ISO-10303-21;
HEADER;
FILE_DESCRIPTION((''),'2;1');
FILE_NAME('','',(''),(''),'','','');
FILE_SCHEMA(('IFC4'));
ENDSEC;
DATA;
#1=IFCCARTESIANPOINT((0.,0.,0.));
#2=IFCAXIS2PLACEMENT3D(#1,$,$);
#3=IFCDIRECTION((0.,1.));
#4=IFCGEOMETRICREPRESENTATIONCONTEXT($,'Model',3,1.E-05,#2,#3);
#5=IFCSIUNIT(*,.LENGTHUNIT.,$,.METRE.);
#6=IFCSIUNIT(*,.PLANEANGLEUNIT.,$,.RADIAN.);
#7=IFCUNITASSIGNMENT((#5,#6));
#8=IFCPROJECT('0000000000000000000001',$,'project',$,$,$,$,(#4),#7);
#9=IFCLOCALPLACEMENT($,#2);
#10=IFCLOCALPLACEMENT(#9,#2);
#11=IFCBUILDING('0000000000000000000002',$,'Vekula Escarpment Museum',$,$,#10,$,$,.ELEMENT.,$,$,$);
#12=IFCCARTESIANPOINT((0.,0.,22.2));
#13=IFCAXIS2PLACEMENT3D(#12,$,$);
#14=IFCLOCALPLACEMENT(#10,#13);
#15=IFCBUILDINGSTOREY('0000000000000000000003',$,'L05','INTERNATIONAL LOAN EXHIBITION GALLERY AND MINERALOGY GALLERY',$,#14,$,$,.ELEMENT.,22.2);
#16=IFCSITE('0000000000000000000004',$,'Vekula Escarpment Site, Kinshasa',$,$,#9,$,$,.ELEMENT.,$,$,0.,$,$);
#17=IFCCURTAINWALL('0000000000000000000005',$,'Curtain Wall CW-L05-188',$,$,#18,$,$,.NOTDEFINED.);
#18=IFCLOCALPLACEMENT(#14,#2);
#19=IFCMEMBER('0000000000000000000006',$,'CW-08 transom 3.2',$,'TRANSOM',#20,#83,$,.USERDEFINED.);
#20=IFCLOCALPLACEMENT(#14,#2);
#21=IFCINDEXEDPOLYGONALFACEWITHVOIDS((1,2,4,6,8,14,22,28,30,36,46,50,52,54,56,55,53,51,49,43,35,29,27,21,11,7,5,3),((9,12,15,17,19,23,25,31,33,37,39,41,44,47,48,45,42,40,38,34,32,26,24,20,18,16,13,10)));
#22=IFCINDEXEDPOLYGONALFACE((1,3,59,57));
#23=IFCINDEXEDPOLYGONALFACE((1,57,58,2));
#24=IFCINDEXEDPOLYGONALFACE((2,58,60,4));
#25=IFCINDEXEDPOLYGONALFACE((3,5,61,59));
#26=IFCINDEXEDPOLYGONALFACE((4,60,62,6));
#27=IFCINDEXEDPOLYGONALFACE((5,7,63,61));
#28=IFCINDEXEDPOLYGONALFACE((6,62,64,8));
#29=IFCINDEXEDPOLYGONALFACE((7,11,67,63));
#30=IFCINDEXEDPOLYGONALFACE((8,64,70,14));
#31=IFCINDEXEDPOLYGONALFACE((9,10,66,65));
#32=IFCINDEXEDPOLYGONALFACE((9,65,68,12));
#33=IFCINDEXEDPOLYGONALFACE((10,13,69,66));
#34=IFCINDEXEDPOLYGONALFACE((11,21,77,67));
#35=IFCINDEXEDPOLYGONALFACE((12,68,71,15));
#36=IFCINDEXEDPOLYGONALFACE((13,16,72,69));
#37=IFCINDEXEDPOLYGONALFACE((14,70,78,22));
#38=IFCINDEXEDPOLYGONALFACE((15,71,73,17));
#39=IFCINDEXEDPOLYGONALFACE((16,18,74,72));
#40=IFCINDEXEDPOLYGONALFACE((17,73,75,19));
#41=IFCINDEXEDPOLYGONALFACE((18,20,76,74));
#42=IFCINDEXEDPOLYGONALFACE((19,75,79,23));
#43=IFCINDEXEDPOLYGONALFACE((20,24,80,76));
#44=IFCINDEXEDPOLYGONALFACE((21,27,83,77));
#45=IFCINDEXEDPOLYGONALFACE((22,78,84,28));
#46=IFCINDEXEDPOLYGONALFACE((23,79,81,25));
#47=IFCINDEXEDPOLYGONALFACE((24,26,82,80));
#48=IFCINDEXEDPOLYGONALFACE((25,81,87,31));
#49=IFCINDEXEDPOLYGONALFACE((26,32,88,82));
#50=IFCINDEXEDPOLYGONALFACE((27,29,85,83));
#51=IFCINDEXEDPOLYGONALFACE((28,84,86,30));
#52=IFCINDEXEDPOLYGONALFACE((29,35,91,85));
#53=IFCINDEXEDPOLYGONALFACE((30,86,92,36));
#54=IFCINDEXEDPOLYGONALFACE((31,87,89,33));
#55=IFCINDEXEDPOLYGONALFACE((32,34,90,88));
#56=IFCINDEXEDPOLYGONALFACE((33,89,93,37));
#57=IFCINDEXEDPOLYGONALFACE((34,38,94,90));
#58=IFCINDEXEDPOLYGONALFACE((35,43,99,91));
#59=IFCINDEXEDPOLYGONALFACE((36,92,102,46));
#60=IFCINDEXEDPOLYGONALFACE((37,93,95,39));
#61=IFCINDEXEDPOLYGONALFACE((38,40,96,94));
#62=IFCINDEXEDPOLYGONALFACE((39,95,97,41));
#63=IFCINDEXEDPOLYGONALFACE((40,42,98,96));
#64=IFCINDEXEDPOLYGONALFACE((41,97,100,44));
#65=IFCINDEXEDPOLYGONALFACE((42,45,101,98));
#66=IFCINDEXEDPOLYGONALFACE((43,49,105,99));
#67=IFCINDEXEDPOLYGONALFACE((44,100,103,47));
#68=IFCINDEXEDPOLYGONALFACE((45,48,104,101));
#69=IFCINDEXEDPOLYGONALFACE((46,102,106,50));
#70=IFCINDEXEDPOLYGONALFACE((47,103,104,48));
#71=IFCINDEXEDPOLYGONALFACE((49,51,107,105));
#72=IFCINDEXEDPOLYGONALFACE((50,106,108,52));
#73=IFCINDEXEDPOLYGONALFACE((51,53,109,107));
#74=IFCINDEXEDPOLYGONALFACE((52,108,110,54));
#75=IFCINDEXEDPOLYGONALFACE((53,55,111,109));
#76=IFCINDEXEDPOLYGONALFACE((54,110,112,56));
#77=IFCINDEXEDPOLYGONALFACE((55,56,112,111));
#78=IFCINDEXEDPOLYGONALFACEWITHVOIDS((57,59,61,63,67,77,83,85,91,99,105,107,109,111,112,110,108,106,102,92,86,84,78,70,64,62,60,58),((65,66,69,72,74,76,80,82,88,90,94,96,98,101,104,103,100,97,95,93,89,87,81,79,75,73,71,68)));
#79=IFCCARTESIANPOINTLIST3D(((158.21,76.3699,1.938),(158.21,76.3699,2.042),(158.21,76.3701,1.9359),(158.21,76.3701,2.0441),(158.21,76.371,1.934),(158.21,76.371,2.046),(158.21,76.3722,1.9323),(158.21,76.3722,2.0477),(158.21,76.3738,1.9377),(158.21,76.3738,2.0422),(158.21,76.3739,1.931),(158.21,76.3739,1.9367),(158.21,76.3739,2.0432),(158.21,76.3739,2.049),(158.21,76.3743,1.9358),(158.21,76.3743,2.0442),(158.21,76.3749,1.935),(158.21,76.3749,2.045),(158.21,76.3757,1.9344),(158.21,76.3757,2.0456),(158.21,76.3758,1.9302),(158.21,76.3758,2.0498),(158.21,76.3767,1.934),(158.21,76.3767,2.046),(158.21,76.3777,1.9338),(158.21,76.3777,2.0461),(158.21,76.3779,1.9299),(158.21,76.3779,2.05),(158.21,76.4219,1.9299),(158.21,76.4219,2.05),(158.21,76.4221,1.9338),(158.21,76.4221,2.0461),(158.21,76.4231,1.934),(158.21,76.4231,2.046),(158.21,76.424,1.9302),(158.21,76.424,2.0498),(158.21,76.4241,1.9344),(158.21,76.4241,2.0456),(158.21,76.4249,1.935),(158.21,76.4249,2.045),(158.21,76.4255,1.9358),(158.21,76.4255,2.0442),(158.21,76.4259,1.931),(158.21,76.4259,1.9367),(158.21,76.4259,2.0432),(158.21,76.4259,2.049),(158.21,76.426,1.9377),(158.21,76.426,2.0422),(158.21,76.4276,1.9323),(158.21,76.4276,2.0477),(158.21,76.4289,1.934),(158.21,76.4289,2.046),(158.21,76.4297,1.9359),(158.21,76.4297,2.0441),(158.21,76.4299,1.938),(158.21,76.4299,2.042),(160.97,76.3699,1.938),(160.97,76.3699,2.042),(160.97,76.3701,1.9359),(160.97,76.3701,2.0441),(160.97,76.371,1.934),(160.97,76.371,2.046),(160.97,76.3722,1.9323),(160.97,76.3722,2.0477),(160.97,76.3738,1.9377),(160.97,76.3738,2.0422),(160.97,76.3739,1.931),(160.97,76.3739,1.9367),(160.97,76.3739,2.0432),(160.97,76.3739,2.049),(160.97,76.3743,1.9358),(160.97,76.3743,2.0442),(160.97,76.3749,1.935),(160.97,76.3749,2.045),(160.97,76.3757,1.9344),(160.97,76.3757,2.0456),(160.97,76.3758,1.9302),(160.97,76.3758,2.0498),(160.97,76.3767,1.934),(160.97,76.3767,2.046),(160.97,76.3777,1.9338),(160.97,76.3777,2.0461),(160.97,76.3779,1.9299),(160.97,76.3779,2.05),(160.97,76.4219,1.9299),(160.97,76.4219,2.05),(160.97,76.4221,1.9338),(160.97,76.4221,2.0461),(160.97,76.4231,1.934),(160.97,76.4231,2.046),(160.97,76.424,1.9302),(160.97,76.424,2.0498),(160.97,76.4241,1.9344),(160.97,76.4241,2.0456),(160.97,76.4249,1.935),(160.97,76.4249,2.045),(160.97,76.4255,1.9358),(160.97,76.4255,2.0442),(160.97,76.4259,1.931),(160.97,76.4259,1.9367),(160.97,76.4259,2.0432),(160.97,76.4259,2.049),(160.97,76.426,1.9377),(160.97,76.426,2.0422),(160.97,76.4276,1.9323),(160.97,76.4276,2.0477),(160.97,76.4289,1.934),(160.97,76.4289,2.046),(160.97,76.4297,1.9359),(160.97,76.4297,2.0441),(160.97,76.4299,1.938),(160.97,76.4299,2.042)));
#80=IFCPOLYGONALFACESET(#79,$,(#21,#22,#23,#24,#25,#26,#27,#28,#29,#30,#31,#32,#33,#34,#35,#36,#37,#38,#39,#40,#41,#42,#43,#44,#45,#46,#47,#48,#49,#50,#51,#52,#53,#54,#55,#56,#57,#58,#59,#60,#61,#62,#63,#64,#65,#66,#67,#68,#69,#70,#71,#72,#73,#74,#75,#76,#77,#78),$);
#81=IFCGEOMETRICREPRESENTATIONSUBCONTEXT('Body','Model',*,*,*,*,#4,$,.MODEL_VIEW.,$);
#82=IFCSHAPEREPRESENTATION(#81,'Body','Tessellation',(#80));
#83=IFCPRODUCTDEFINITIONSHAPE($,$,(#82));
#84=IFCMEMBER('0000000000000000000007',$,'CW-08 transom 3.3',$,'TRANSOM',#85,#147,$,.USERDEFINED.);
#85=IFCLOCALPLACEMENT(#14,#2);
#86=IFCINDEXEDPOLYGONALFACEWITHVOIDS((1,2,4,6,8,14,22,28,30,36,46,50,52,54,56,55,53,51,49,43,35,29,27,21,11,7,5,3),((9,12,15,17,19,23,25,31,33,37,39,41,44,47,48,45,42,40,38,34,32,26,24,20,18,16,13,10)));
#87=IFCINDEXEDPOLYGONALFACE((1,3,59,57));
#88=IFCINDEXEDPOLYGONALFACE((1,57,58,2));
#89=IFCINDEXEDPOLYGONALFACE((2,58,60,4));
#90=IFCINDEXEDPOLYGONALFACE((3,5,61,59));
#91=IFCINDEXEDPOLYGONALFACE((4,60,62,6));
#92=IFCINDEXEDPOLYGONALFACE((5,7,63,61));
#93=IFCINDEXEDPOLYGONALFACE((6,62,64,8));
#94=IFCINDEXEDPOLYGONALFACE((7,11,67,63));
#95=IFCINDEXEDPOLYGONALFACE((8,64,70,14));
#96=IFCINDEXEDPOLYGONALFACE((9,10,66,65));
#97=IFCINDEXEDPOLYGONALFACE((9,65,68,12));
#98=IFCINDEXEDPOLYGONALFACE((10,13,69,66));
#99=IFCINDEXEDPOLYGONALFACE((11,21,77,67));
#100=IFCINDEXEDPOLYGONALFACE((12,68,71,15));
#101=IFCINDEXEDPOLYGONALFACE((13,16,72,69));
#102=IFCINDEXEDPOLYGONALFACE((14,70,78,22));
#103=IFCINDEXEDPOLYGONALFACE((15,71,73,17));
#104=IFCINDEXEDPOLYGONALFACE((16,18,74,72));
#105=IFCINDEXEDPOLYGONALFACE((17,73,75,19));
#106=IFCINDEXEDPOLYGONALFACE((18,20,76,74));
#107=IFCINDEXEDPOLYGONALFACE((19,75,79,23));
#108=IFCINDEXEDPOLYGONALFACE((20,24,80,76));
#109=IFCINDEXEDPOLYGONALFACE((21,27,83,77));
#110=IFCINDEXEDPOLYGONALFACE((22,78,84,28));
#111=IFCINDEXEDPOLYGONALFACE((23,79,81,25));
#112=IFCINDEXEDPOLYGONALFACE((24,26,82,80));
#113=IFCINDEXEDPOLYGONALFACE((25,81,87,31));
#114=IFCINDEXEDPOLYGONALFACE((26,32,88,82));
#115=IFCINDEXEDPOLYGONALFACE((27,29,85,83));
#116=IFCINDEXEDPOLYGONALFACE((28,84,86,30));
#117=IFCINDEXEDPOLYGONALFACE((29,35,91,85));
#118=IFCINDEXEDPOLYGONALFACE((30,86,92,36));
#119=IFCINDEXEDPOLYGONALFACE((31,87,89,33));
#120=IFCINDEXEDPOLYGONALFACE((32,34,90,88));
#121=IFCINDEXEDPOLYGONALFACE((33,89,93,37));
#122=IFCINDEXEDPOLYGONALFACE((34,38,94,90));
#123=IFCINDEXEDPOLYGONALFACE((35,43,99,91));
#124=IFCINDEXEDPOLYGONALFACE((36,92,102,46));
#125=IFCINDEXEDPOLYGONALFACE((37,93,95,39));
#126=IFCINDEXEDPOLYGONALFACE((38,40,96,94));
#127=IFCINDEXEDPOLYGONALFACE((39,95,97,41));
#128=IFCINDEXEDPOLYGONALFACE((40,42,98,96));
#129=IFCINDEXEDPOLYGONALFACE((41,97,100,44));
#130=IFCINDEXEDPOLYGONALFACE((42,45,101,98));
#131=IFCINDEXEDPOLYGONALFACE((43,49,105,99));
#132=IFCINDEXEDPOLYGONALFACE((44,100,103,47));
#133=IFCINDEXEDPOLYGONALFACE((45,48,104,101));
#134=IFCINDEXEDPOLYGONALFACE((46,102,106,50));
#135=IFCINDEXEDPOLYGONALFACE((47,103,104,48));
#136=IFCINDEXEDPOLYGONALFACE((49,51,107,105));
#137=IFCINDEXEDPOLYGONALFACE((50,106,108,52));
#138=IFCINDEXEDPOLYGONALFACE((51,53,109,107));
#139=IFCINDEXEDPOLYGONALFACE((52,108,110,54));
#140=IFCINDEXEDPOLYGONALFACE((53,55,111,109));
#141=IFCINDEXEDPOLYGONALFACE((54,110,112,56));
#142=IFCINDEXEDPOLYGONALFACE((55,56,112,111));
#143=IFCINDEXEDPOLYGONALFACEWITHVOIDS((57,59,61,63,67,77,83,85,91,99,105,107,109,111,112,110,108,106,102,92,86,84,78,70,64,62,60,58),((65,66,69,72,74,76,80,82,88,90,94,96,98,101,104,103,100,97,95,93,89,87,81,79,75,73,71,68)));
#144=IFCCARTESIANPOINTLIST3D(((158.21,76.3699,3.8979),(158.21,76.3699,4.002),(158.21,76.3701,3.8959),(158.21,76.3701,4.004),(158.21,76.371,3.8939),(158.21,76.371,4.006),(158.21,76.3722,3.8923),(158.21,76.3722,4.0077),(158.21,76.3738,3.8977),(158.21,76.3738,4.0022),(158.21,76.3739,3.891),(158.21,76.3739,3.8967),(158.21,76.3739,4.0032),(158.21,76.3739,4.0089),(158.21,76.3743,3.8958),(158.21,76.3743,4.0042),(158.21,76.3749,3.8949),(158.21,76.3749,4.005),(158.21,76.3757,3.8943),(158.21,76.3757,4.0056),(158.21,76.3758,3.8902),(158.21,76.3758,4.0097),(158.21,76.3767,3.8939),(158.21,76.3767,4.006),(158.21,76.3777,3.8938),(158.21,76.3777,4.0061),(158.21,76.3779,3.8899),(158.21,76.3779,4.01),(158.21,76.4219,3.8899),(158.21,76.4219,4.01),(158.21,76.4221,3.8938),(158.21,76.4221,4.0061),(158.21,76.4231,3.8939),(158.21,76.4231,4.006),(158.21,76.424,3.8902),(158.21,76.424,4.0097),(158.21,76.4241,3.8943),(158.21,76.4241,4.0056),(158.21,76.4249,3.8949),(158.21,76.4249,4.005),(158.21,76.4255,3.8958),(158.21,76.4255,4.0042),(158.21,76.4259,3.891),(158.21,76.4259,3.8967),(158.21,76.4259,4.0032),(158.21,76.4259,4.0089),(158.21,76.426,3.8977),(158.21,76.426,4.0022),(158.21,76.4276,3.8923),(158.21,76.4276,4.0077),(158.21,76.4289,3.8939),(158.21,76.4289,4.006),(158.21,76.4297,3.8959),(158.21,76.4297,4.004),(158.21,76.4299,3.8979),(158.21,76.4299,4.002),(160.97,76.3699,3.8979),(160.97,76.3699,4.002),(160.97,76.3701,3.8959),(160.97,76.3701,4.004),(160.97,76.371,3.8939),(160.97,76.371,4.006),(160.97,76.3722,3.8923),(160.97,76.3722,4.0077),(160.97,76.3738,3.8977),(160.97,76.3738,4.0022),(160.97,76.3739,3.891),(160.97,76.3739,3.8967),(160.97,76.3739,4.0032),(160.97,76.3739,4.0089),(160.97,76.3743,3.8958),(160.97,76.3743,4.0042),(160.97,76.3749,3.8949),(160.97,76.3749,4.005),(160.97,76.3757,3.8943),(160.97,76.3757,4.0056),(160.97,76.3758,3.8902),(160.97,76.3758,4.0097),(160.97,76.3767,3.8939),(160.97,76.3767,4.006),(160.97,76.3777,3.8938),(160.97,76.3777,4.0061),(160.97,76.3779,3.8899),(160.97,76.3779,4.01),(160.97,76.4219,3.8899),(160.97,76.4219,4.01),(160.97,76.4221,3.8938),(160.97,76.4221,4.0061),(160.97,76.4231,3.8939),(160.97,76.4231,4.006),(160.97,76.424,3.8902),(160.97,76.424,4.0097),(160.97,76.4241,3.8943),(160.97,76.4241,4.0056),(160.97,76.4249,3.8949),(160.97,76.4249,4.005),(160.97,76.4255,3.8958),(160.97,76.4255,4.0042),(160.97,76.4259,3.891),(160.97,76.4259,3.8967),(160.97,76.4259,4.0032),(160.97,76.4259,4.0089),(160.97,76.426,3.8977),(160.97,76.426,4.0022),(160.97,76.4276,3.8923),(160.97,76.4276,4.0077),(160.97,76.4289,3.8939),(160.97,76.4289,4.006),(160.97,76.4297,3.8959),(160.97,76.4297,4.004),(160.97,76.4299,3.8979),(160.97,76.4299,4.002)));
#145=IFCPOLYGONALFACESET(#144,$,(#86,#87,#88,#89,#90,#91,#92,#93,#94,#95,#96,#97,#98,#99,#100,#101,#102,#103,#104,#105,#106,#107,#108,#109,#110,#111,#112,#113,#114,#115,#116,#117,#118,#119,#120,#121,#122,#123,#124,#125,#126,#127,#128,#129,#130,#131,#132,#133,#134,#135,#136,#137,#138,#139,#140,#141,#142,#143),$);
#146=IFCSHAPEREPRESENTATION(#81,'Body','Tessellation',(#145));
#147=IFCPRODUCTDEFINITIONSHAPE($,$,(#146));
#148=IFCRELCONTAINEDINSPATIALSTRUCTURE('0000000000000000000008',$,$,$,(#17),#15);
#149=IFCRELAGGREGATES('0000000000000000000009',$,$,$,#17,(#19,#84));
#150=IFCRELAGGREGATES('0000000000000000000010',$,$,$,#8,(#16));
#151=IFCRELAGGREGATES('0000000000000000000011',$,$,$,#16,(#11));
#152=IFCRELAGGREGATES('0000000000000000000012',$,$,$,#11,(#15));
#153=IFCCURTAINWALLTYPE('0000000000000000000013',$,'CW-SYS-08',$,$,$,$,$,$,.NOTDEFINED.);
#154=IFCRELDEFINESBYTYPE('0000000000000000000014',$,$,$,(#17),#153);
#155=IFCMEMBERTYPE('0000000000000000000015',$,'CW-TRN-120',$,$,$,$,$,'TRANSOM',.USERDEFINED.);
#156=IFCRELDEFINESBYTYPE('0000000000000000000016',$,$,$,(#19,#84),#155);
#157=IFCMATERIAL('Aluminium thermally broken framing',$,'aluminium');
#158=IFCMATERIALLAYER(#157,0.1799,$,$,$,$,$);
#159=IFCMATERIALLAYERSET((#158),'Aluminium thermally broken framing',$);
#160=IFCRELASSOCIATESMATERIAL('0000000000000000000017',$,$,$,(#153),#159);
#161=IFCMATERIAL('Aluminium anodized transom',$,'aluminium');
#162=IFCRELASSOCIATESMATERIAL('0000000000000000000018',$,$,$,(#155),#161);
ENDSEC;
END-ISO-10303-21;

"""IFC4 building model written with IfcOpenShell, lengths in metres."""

from ifc_helpers import new_model, si_unit, direction, frame, origin, origin_2d, place, context, subcontext, project, spatial, hollow_rectangle, extrude, material, layer, layer_set, material_profile, profile_set, type_object, element, aggregate, save


model = new_model("IFC4")

# Units and contexts
model_context = context("Model", 3, precision=1e-05, world=origin(), true_north=direction((0.0, 1.0)))
body_context = subcontext(model_context, "Body", "Model", "MODEL_VIEW")
ifc_project = project(units=[si_unit("LENGTHUNIT", "METRE"), si_unit("PLANEANGLEUNIT", "RADIAN")], contexts=[model_context])

# Site, building, storey
site_placement = place(None, origin())
site = spatial("IfcSite", under=ifc_project, at=site_placement, Name="Vekula Escarpment Site, Kinshasa", CompositionType="ELEMENT", RefElevation=0.0)
building_placement = place(site_placement, origin())
building = spatial("IfcBuilding", under=site, at=building_placement, Name="Vekula Escarpment Museum", CompositionType="ELEMENT")
storey_placement = place(building_placement, frame((0.0, 0.0, 22.2)))
storey = spatial("IfcBuildingStorey", under=building, at=storey_placement, Name="L05", Description="INTERNATIONAL LOAN EXHIBITION GALLERY AND MINERALOGY GALLERY", CompositionType="ELEMENT", Elevation=22.2)

# Curtain wall, members
ifc_material_1 = material(Name="Aluminium thermally broken framing", Category="aluminium")
ifc_layer_1 = layer(ifc_material_1, 0.1799)
ifc_layer_set_1 = layer_set([ifc_layer_1], Name="Aluminium thermally broken framing")
curtain_wall_type = type_object("IfcCurtainWallType", Name="CW-SYS-08", PredefinedType="NOTDEFINED", material=ifc_layer_set_1)
curtain_wall_placement = place(storey_placement, origin())
curtain_wall = element("IfcCurtainWall", 1, at=curtain_wall_placement, inside=storey, type_object=curtain_wall_type, Name="Curtain Wall CW-L05-188", PredefinedType="NOTDEFINED")
ifc_material_2 = material(Name="Aluminium anodized transom", Category="aluminium")
ifc_material_profile_1 = material_profile(ifc_material_2, hollow_rectangle(XDim=0.0601, YDim=0.1201, WallThickness=0.0039, InnerFilletRadius=0.0039, OuterFilletRadius=0.0081, at=origin_2d()), Name="ALU 120x60x4")
ifc_profile_set_1 = profile_set([ifc_material_profile_1], Name="Aluminium anodized transom")
member_type_1 = type_object("IfcMemberType", Name="CW-TRN-120", ElementType="TRANSOM", PredefinedType="USERDEFINED", material=ifc_profile_set_1)
member_1_placement = place(storey_placement, frame((160.97, 76.3999, 1.99), z_axis=(-1.0, 0.0, 0.0), x_axis=(0.0, -1.0, 0.0)))
member_1 = element("IfcMember", 2, at=member_1_placement, type_object=member_type_1, Name="CW-08 transom 3.2", ObjectType="TRANSOM", PredefinedType="USERDEFINED", context=body_context, shape_type="SweptSolid", body=[
    extrude(hollow_rectangle(XDim=0.0601, YDim=0.1201, WallThickness=0.0039, InnerFilletRadius=0.0039, OuterFilletRadius=0.0081, at=origin_2d()), origin(), (0.0, 0.0, 1.0), 2.76),
])
member_2_placement = place(storey_placement, frame((160.97, 76.3999, 3.95), z_axis=(-1.0, 0.0, 0.0), x_axis=(0.0, -1.0, 0.0)))
member_2 = element("IfcMember", 3, at=member_2_placement, type_object=member_type_1, Name="CW-08 transom 3.3", ObjectType="TRANSOM", PredefinedType="USERDEFINED", context=body_context, shape_type="SweptSolid", body=[
    extrude(hollow_rectangle(XDim=0.0601, YDim=0.1201, WallThickness=0.0039, InnerFilletRadius=0.0039, OuterFilletRadius=0.0081, at=origin_2d()), origin(), (0.0, 0.0, 1.0), 2.76),
])
aggregate(curtain_wall, [member_1, member_2])

save(model, "model.ifc")
